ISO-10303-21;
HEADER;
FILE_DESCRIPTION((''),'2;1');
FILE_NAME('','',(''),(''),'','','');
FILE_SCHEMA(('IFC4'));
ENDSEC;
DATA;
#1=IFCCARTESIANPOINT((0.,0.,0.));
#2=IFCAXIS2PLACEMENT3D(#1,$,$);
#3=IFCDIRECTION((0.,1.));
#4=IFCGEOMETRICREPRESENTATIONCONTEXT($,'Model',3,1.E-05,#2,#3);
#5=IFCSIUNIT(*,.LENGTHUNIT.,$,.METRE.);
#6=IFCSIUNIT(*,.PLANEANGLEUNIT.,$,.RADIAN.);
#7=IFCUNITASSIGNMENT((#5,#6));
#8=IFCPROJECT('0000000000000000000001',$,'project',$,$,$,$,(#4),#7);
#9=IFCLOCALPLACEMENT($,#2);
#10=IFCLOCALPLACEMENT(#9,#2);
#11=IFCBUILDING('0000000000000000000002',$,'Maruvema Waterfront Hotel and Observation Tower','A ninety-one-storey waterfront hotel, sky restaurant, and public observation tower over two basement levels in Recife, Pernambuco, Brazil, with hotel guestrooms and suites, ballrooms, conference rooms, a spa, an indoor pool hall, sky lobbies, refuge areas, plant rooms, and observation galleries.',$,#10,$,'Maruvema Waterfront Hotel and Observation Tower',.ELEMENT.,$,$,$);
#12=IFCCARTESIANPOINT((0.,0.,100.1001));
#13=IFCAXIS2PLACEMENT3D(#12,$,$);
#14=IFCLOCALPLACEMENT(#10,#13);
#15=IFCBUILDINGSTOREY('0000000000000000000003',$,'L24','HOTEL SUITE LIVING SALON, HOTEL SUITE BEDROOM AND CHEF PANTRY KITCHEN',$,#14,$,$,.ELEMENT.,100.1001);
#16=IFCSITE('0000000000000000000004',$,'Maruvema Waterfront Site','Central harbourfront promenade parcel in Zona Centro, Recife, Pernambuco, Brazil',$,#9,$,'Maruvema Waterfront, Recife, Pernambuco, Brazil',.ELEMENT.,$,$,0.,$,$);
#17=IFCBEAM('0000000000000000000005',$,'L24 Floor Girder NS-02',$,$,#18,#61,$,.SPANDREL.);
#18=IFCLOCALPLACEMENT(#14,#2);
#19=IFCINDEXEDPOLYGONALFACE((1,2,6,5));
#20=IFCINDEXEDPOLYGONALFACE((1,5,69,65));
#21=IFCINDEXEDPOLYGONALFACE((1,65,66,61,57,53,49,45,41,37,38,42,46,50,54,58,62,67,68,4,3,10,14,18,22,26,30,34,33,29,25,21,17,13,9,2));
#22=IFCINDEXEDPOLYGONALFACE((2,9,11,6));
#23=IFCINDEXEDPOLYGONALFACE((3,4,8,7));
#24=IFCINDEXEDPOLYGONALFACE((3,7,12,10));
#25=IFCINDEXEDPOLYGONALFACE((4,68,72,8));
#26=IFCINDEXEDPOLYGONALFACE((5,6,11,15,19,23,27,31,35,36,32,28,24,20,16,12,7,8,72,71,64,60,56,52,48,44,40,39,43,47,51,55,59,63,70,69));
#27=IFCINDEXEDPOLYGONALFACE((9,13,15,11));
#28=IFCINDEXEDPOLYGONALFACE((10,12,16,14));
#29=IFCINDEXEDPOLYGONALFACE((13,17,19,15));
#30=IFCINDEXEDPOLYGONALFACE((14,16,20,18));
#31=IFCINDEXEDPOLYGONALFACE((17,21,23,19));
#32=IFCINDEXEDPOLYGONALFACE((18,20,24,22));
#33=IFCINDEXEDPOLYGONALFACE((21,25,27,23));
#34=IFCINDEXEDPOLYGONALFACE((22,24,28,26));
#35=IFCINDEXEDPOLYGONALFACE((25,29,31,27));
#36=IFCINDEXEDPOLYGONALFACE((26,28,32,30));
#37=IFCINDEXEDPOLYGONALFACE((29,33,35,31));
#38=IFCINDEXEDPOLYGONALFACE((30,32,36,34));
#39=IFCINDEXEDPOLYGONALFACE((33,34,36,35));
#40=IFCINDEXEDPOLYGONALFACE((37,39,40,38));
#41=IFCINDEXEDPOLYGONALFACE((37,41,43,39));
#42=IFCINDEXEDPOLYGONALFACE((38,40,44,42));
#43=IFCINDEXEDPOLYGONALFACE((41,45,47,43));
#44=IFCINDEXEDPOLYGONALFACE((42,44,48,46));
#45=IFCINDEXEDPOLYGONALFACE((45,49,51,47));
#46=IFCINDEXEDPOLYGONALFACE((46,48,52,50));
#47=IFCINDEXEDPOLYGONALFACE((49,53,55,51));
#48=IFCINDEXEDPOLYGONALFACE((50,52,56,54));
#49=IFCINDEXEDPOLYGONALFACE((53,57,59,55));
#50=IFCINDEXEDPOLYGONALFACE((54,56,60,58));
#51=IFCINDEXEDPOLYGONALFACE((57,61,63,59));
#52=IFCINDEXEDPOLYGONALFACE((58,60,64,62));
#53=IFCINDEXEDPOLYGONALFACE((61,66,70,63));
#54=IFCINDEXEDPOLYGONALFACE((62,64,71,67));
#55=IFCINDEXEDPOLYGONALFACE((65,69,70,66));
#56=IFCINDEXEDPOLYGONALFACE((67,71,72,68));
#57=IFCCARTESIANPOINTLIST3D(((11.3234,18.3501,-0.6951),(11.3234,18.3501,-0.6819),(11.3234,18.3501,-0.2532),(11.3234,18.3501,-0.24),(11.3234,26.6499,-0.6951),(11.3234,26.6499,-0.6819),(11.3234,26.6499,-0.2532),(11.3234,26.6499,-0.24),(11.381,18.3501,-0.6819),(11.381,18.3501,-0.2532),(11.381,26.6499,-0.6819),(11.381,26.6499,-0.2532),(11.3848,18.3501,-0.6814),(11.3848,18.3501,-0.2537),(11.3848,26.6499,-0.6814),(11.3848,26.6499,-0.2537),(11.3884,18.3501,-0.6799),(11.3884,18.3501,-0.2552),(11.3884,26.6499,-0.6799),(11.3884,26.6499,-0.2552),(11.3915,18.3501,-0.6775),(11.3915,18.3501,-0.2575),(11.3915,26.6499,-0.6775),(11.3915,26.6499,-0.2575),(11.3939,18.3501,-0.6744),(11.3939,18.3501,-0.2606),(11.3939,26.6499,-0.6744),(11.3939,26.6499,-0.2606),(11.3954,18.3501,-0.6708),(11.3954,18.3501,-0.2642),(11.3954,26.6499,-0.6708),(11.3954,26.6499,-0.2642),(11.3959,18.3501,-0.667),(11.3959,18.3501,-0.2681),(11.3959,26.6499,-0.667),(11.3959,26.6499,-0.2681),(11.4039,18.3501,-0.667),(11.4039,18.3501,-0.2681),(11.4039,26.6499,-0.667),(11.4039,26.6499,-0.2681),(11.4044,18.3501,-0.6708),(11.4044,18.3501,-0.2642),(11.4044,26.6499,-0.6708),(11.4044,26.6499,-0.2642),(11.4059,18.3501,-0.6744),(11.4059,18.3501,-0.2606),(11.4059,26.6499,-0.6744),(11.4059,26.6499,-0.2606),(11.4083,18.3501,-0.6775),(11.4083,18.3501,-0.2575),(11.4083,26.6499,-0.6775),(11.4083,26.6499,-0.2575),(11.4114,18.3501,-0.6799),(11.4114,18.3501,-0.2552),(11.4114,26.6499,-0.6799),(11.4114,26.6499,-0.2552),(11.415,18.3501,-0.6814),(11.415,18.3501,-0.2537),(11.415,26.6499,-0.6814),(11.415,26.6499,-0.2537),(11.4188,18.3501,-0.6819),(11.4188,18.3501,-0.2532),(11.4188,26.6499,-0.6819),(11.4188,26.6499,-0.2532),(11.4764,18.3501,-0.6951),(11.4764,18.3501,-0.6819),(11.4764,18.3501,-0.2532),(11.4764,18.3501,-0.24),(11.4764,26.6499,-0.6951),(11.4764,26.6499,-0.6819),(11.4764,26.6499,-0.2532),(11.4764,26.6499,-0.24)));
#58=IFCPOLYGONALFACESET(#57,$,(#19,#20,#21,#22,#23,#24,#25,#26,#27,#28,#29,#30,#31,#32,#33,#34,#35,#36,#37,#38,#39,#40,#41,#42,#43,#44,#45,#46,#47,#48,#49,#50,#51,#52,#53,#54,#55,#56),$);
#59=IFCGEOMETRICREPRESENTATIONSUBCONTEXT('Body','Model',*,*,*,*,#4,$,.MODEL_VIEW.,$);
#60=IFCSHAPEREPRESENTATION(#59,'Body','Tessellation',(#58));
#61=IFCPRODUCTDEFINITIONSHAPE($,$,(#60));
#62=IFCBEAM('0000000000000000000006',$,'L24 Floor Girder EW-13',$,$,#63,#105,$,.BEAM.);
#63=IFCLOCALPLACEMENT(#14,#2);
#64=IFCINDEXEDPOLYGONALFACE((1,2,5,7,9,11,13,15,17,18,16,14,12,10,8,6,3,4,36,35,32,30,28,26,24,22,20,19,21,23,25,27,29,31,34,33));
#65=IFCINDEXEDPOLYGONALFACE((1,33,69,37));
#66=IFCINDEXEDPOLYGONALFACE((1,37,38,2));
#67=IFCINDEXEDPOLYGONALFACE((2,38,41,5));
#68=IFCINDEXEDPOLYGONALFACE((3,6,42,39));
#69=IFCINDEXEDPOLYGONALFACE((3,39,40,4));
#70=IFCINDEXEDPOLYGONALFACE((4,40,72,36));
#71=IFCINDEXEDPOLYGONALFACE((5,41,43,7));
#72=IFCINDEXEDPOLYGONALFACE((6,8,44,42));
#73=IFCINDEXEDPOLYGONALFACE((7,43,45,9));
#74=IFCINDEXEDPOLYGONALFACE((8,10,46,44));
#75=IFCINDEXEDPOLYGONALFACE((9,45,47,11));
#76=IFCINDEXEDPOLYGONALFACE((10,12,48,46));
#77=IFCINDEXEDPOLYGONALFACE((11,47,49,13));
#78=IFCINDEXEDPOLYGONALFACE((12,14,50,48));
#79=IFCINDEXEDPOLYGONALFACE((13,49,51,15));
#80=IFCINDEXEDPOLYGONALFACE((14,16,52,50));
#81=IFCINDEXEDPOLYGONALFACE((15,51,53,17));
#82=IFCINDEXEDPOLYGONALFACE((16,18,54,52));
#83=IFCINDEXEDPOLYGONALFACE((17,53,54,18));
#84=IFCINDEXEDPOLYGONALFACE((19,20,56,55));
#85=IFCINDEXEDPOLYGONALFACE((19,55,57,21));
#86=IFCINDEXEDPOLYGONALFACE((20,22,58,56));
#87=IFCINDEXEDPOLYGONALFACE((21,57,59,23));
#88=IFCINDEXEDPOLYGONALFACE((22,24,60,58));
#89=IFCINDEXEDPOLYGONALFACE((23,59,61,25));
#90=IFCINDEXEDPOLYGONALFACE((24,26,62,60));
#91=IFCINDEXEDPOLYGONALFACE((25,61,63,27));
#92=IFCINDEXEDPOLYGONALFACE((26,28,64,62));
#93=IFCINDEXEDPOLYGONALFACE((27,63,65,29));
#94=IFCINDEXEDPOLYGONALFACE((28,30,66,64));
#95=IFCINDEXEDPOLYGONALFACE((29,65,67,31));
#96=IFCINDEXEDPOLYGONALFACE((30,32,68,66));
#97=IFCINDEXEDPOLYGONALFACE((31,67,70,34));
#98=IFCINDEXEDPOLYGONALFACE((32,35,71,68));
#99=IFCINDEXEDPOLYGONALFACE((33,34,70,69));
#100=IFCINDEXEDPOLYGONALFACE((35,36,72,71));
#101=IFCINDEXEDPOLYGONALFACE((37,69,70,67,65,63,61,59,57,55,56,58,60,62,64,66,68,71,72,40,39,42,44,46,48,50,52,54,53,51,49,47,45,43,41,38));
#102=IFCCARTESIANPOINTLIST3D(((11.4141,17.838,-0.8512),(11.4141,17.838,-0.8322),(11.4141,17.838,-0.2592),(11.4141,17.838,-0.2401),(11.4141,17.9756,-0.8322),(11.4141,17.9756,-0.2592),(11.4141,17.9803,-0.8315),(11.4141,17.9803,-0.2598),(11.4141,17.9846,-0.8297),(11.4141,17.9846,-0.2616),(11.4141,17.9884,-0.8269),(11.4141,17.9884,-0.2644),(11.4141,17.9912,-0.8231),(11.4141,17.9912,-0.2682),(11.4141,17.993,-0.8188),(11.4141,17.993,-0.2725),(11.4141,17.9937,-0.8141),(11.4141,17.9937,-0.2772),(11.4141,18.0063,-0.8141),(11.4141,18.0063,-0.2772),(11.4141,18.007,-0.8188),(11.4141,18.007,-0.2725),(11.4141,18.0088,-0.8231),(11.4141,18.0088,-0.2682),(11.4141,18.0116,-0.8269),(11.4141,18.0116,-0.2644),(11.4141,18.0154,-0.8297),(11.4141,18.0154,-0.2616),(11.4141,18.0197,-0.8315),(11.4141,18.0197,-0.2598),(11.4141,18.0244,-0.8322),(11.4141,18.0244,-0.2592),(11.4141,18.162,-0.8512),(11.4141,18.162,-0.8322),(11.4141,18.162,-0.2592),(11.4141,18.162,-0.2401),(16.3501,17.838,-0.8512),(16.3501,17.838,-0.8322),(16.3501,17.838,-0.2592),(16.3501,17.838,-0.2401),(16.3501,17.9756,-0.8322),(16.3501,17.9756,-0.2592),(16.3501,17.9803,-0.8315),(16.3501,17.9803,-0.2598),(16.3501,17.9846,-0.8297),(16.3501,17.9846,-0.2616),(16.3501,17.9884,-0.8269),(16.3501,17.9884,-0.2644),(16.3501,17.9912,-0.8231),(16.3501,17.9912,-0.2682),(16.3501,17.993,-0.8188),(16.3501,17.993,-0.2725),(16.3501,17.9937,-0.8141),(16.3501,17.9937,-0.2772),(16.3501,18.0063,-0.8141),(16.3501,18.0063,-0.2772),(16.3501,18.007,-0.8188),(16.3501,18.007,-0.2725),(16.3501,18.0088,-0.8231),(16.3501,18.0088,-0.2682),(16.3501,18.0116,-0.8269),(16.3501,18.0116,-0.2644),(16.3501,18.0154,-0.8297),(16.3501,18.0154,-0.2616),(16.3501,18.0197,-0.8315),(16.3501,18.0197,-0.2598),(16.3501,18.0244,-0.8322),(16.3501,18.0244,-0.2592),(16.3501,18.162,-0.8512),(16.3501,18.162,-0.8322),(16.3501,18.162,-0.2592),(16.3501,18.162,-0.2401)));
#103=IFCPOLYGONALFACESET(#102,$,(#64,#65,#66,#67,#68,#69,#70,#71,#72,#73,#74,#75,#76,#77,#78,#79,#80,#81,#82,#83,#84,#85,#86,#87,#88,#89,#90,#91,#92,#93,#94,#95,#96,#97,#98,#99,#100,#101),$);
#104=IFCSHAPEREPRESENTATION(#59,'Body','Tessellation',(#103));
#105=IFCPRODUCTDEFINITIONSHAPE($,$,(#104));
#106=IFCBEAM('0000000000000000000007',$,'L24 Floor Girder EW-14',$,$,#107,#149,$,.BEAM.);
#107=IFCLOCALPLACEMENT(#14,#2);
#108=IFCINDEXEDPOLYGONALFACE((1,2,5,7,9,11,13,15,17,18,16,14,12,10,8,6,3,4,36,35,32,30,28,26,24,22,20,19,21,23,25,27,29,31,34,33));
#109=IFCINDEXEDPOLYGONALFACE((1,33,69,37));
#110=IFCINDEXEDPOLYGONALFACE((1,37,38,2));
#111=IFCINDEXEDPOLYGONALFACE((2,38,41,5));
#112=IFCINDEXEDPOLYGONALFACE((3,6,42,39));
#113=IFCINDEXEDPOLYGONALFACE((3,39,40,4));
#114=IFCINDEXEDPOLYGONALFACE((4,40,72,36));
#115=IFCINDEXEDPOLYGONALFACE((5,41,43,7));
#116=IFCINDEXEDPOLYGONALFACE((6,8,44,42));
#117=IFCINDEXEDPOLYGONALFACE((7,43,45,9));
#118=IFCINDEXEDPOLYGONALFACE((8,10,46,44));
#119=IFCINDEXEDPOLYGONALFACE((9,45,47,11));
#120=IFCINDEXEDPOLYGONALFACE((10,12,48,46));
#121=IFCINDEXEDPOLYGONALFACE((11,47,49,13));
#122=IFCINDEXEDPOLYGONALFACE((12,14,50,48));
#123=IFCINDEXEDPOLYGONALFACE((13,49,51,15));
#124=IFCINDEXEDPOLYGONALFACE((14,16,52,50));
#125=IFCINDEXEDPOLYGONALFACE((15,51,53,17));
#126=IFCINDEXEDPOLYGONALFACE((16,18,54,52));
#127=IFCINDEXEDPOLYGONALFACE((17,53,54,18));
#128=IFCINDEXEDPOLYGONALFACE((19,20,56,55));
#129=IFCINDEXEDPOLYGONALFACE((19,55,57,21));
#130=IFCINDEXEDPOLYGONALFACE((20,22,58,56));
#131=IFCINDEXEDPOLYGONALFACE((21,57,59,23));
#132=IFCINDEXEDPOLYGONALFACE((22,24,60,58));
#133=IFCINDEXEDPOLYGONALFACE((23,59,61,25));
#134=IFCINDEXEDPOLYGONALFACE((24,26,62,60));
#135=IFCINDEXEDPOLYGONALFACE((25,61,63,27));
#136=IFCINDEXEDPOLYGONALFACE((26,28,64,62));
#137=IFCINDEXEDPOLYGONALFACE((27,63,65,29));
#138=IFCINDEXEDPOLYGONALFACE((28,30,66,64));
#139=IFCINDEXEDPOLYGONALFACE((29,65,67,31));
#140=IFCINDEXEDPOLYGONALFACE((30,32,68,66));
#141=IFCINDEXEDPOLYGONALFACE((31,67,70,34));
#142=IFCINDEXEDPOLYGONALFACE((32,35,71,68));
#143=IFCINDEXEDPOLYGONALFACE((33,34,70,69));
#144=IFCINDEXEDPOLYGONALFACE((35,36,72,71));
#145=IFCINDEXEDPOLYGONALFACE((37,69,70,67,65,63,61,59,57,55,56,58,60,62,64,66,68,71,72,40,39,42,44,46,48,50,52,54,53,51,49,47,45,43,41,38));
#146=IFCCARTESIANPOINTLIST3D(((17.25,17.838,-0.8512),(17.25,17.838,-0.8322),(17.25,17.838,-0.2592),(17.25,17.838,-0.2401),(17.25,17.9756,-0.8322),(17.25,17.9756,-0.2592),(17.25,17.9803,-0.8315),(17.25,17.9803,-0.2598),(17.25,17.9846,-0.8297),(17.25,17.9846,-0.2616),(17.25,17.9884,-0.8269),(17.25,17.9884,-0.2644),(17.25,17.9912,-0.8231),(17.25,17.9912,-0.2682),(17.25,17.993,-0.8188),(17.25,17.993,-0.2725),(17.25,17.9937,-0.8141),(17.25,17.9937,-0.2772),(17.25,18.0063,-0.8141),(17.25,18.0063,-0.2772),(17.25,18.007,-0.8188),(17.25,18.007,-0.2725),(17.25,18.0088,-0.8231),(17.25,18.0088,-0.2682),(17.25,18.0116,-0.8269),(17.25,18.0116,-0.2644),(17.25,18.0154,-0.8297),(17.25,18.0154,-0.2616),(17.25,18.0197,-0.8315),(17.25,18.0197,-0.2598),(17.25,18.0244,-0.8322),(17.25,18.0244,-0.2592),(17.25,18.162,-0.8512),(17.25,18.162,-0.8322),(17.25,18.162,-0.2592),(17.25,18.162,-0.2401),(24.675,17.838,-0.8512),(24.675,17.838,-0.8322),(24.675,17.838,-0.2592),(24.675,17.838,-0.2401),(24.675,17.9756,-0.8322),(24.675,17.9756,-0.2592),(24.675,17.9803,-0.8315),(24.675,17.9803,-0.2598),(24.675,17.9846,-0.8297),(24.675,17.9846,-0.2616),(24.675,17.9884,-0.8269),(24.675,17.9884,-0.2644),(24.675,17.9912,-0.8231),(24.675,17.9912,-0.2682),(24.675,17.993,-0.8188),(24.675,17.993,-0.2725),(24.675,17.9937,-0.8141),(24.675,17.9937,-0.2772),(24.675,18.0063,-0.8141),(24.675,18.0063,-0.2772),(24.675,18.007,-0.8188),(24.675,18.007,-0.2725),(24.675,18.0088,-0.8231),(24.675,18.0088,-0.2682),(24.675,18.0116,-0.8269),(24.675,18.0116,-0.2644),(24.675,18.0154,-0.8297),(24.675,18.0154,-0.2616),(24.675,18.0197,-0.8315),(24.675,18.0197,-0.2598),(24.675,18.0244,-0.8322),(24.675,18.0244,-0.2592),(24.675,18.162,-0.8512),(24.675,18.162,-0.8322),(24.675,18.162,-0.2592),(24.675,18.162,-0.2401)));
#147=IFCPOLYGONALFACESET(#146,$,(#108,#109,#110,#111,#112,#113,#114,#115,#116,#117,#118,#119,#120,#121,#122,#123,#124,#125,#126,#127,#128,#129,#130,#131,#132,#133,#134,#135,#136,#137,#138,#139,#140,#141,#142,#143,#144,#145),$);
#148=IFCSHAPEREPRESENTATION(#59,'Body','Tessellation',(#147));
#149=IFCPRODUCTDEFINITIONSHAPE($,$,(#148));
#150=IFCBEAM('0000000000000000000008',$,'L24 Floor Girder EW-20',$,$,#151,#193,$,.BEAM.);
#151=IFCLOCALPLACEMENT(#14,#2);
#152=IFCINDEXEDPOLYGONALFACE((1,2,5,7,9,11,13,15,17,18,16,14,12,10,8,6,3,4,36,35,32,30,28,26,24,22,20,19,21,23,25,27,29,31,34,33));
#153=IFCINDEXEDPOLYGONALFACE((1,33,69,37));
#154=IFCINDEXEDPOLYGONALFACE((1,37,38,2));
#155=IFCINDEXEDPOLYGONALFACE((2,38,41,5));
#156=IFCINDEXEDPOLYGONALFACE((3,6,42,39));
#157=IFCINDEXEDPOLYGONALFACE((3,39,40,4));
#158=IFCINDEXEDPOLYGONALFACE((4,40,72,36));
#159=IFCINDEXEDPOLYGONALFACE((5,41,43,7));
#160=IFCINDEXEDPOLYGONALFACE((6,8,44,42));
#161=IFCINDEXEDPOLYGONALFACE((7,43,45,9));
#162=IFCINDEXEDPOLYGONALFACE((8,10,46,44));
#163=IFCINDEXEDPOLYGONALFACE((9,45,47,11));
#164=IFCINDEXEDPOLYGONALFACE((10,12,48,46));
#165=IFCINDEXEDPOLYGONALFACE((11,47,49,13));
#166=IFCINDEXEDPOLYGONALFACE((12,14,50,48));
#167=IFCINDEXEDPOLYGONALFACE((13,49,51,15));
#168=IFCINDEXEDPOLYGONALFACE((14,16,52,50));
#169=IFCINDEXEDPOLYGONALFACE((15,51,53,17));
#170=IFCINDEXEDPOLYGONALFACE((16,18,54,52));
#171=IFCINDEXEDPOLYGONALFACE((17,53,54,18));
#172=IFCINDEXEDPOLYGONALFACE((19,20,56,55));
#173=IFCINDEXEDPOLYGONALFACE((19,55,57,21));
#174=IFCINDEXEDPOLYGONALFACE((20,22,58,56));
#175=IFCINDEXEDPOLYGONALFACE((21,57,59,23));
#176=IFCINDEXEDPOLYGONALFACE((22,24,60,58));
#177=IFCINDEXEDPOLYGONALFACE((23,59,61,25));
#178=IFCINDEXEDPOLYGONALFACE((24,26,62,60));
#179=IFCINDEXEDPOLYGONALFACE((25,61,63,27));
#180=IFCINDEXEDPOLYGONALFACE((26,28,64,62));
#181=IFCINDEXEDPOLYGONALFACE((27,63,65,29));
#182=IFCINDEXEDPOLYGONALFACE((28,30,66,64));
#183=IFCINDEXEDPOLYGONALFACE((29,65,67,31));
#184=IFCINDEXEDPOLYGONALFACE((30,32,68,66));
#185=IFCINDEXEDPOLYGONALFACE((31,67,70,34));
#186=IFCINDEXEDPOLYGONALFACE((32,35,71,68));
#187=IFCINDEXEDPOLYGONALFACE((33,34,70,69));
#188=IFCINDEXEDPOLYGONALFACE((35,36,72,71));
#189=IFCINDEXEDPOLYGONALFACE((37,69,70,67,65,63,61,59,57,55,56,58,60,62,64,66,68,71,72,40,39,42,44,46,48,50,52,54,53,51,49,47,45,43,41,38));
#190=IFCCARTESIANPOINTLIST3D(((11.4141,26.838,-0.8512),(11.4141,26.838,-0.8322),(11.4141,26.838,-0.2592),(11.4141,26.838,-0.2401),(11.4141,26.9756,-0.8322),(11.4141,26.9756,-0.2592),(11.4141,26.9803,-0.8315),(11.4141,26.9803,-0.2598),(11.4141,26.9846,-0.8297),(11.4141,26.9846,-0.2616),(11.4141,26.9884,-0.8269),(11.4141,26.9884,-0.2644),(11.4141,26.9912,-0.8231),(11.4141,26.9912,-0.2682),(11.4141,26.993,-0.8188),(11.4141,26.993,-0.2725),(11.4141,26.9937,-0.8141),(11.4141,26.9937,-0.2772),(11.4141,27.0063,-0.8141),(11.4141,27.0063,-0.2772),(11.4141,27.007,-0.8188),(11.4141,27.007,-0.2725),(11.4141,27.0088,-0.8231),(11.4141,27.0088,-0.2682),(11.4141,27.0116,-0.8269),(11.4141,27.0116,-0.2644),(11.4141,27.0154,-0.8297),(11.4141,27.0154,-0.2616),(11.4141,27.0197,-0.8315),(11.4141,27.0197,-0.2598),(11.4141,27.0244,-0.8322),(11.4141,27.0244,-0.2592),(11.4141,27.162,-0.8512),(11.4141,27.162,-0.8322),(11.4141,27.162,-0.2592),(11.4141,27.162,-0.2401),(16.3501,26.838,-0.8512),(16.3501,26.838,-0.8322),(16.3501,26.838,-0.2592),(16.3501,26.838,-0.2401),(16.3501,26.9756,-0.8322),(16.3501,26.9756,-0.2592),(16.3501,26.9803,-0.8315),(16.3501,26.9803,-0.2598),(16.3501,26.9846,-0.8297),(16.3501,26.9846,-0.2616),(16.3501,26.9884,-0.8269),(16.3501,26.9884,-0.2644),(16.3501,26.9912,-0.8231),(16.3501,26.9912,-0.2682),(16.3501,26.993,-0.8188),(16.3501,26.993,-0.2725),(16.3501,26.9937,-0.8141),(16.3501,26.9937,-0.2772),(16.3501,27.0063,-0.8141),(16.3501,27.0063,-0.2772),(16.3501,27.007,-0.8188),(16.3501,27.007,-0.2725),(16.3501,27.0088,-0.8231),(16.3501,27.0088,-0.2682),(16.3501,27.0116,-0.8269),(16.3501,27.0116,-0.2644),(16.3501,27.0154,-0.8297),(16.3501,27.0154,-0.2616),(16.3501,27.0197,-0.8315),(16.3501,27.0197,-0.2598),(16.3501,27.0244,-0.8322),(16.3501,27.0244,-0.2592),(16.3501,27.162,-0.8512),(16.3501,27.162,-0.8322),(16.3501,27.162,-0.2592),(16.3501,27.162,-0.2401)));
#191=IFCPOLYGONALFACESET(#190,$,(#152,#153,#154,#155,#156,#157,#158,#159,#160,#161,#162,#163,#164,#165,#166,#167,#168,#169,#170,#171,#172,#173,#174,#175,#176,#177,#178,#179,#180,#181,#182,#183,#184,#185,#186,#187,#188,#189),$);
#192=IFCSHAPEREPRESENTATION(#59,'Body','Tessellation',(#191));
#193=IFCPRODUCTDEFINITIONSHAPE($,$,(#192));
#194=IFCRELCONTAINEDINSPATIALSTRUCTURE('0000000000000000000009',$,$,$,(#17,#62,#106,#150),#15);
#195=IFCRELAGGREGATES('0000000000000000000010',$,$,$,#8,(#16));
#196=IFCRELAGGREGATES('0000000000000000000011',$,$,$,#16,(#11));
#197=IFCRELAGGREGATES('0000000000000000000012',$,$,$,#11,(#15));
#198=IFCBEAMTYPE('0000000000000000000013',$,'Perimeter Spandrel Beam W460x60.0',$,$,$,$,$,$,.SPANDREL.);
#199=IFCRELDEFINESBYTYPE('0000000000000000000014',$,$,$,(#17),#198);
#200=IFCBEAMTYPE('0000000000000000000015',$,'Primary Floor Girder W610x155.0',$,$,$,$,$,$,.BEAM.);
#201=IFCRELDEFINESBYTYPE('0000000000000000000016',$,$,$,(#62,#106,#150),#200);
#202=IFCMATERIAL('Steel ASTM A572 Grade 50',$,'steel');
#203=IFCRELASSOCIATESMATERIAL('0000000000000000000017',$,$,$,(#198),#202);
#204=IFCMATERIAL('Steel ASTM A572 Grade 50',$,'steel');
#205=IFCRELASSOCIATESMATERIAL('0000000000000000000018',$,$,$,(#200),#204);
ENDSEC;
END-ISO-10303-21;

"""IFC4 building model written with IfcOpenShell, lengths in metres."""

from ifc_helpers import new_model, si_unit, direction, frame, origin, origin_2d, place, context, subcontext, project, spatial, i_section, extrude, material, material_profile, profile_set, type_object, element, save


model = new_model("IFC4")

# Units and contexts
model_context = context("Model", 3, precision=1e-05, world=origin(), true_north=direction((0.0, 1.0)))
body_context = subcontext(model_context, "Body", "Model", "MODEL_VIEW")
ifc_project = project(units=[si_unit("LENGTHUNIT", "METRE"), si_unit("PLANEANGLEUNIT", "RADIAN")], contexts=[model_context])

# Site, building, storey
site_placement = place(None, origin())
site = spatial("IfcSite", under=ifc_project, at=site_placement, Name="Maruvema Waterfront Site", Description="Central harbourfront promenade parcel in Zona Centro, Recife, Pernambuco, Brazil", LongName="Maruvema Waterfront, Recife, Pernambuco, Brazil", CompositionType="ELEMENT", RefElevation=0.0)
building_placement = place(site_placement, origin())
building = spatial("IfcBuilding", under=site, at=building_placement, Name="Maruvema Waterfront Hotel and Observation Tower", Description="A ninety-one-storey waterfront hotel, sky restaurant, and public observation tower over two basement levels in Recife, Pernambuco, Brazil, with hotel guestrooms and suites, ballrooms, conference rooms, a spa, an indoor pool hall, sky lobbies, refuge areas, plant rooms, and observation galleries.", LongName="Maruvema Waterfront Hotel and Observation Tower", CompositionType="ELEMENT")
storey_placement = place(building_placement, frame((0.0, 0.0, 100.1001)))
storey = spatial("IfcBuildingStorey", under=building, at=storey_placement, Name="L24", Description="HOTEL SUITE LIVING SALON, HOTEL SUITE BEDROOM AND CHEF PANTRY KITCHEN", CompositionType="ELEMENT", Elevation=100.1001)

# Beams
ifc_material_1 = material(Name="Steel ASTM A572 Grade 50", Category="steel")
ifc_material_profile_1 = material_profile(ifc_material_1, i_section(OverallWidth=0.1531, OverallDepth=0.4551, WebThickness=0.0081, FlangeThickness=0.0132, FilletRadius=0.0149, at=origin_2d()), Name="W460x60.0")
ifc_profile_set_1 = profile_set([ifc_material_profile_1], Name="Steel ASTM A572 Grade 50")
beam_type_1 = type_object("IfcBeamType", Name="Perimeter Spandrel Beam W460x60.0", PredefinedType="SPANDREL", material=ifc_profile_set_1)
beam_1_placement = place(storey_placement, frame((11.3999, 18.3501, -0.4675), z_axis=(0.0, 1.0, 0.0), x_axis=(-1.0, 0.0, 0.0)))
element("IfcBeam", 1, at=beam_1_placement, inside=storey, type_object=beam_type_1, Name="L24 Floor Girder NS-02", PredefinedType="SPANDREL", context=body_context, shape_type="SweptSolid", body=[
    extrude(i_section(OverallWidth=0.1531, OverallDepth=0.4551, WebThickness=0.0081, FlangeThickness=0.0132, FilletRadius=0.0149, at=origin_2d()), origin(), (0.0, 0.0, 1.0), 8.2998),
])
ifc_material_2 = material(Name="Steel ASTM A572 Grade 50", Category="steel")
ifc_material_profile_2 = material_profile(ifc_material_2, i_section(OverallWidth=0.324, OverallDepth=0.6111, WebThickness=0.0127, FlangeThickness=0.019, FilletRadius=0.0181, at=origin_2d()), Name="W610x155.0")
ifc_profile_set_2 = profile_set([ifc_material_profile_2], Name="Steel ASTM A572 Grade 50")
beam_type_2 = type_object("IfcBeamType", Name="Primary Floor Girder W610x155.0", PredefinedType="BEAM", material=ifc_profile_set_2)
beam_2_placement = place(storey_placement, frame((11.4141, 18.0, -0.5457), z_axis=(1.0, 0.0, 0.0), x_axis=(0.0, 1.0, 0.0)))
element("IfcBeam", 2, at=beam_2_placement, inside=storey, type_object=beam_type_2, Name="L24 Floor Girder EW-13", PredefinedType="BEAM", context=body_context, shape_type="SweptSolid", body=[
    extrude(i_section(OverallWidth=0.324, OverallDepth=0.6111, WebThickness=0.0127, FlangeThickness=0.019, FilletRadius=0.0181, at=origin_2d()), origin(), (0.0, 0.0, 1.0), 4.936),
])
beam_3_placement = place(storey_placement, frame((17.25, 18.0, -0.5457), z_axis=(1.0, 0.0, 0.0), x_axis=(0.0, 1.0, 0.0)))
element("IfcBeam", 3, at=beam_3_placement, inside=storey, type_object=beam_type_2, Name="L24 Floor Girder EW-14", PredefinedType="BEAM", context=body_context, shape_type="SweptSolid", body=[
    extrude(i_section(OverallWidth=0.324, OverallDepth=0.6111, WebThickness=0.0127, FlangeThickness=0.019, FilletRadius=0.0181, at=origin_2d()), origin(), (0.0, 0.0, 1.0), 7.425),
])
beam_4_placement = place(storey_placement, frame((11.4141, 27.0, -0.5457), z_axis=(1.0, 0.0, 0.0), x_axis=(0.0, 1.0, 0.0)))
element("IfcBeam", 4, at=beam_4_placement, inside=storey, type_object=beam_type_2, Name="L24 Floor Girder EW-20", PredefinedType="BEAM", context=body_context, shape_type="SweptSolid", body=[
    extrude(i_section(OverallWidth=0.324, OverallDepth=0.6111, WebThickness=0.0127, FlangeThickness=0.019, FilletRadius=0.0181, at=origin_2d()), origin(), (0.0, 0.0, 1.0), 4.936),
])

save(model, "model.ifc")
